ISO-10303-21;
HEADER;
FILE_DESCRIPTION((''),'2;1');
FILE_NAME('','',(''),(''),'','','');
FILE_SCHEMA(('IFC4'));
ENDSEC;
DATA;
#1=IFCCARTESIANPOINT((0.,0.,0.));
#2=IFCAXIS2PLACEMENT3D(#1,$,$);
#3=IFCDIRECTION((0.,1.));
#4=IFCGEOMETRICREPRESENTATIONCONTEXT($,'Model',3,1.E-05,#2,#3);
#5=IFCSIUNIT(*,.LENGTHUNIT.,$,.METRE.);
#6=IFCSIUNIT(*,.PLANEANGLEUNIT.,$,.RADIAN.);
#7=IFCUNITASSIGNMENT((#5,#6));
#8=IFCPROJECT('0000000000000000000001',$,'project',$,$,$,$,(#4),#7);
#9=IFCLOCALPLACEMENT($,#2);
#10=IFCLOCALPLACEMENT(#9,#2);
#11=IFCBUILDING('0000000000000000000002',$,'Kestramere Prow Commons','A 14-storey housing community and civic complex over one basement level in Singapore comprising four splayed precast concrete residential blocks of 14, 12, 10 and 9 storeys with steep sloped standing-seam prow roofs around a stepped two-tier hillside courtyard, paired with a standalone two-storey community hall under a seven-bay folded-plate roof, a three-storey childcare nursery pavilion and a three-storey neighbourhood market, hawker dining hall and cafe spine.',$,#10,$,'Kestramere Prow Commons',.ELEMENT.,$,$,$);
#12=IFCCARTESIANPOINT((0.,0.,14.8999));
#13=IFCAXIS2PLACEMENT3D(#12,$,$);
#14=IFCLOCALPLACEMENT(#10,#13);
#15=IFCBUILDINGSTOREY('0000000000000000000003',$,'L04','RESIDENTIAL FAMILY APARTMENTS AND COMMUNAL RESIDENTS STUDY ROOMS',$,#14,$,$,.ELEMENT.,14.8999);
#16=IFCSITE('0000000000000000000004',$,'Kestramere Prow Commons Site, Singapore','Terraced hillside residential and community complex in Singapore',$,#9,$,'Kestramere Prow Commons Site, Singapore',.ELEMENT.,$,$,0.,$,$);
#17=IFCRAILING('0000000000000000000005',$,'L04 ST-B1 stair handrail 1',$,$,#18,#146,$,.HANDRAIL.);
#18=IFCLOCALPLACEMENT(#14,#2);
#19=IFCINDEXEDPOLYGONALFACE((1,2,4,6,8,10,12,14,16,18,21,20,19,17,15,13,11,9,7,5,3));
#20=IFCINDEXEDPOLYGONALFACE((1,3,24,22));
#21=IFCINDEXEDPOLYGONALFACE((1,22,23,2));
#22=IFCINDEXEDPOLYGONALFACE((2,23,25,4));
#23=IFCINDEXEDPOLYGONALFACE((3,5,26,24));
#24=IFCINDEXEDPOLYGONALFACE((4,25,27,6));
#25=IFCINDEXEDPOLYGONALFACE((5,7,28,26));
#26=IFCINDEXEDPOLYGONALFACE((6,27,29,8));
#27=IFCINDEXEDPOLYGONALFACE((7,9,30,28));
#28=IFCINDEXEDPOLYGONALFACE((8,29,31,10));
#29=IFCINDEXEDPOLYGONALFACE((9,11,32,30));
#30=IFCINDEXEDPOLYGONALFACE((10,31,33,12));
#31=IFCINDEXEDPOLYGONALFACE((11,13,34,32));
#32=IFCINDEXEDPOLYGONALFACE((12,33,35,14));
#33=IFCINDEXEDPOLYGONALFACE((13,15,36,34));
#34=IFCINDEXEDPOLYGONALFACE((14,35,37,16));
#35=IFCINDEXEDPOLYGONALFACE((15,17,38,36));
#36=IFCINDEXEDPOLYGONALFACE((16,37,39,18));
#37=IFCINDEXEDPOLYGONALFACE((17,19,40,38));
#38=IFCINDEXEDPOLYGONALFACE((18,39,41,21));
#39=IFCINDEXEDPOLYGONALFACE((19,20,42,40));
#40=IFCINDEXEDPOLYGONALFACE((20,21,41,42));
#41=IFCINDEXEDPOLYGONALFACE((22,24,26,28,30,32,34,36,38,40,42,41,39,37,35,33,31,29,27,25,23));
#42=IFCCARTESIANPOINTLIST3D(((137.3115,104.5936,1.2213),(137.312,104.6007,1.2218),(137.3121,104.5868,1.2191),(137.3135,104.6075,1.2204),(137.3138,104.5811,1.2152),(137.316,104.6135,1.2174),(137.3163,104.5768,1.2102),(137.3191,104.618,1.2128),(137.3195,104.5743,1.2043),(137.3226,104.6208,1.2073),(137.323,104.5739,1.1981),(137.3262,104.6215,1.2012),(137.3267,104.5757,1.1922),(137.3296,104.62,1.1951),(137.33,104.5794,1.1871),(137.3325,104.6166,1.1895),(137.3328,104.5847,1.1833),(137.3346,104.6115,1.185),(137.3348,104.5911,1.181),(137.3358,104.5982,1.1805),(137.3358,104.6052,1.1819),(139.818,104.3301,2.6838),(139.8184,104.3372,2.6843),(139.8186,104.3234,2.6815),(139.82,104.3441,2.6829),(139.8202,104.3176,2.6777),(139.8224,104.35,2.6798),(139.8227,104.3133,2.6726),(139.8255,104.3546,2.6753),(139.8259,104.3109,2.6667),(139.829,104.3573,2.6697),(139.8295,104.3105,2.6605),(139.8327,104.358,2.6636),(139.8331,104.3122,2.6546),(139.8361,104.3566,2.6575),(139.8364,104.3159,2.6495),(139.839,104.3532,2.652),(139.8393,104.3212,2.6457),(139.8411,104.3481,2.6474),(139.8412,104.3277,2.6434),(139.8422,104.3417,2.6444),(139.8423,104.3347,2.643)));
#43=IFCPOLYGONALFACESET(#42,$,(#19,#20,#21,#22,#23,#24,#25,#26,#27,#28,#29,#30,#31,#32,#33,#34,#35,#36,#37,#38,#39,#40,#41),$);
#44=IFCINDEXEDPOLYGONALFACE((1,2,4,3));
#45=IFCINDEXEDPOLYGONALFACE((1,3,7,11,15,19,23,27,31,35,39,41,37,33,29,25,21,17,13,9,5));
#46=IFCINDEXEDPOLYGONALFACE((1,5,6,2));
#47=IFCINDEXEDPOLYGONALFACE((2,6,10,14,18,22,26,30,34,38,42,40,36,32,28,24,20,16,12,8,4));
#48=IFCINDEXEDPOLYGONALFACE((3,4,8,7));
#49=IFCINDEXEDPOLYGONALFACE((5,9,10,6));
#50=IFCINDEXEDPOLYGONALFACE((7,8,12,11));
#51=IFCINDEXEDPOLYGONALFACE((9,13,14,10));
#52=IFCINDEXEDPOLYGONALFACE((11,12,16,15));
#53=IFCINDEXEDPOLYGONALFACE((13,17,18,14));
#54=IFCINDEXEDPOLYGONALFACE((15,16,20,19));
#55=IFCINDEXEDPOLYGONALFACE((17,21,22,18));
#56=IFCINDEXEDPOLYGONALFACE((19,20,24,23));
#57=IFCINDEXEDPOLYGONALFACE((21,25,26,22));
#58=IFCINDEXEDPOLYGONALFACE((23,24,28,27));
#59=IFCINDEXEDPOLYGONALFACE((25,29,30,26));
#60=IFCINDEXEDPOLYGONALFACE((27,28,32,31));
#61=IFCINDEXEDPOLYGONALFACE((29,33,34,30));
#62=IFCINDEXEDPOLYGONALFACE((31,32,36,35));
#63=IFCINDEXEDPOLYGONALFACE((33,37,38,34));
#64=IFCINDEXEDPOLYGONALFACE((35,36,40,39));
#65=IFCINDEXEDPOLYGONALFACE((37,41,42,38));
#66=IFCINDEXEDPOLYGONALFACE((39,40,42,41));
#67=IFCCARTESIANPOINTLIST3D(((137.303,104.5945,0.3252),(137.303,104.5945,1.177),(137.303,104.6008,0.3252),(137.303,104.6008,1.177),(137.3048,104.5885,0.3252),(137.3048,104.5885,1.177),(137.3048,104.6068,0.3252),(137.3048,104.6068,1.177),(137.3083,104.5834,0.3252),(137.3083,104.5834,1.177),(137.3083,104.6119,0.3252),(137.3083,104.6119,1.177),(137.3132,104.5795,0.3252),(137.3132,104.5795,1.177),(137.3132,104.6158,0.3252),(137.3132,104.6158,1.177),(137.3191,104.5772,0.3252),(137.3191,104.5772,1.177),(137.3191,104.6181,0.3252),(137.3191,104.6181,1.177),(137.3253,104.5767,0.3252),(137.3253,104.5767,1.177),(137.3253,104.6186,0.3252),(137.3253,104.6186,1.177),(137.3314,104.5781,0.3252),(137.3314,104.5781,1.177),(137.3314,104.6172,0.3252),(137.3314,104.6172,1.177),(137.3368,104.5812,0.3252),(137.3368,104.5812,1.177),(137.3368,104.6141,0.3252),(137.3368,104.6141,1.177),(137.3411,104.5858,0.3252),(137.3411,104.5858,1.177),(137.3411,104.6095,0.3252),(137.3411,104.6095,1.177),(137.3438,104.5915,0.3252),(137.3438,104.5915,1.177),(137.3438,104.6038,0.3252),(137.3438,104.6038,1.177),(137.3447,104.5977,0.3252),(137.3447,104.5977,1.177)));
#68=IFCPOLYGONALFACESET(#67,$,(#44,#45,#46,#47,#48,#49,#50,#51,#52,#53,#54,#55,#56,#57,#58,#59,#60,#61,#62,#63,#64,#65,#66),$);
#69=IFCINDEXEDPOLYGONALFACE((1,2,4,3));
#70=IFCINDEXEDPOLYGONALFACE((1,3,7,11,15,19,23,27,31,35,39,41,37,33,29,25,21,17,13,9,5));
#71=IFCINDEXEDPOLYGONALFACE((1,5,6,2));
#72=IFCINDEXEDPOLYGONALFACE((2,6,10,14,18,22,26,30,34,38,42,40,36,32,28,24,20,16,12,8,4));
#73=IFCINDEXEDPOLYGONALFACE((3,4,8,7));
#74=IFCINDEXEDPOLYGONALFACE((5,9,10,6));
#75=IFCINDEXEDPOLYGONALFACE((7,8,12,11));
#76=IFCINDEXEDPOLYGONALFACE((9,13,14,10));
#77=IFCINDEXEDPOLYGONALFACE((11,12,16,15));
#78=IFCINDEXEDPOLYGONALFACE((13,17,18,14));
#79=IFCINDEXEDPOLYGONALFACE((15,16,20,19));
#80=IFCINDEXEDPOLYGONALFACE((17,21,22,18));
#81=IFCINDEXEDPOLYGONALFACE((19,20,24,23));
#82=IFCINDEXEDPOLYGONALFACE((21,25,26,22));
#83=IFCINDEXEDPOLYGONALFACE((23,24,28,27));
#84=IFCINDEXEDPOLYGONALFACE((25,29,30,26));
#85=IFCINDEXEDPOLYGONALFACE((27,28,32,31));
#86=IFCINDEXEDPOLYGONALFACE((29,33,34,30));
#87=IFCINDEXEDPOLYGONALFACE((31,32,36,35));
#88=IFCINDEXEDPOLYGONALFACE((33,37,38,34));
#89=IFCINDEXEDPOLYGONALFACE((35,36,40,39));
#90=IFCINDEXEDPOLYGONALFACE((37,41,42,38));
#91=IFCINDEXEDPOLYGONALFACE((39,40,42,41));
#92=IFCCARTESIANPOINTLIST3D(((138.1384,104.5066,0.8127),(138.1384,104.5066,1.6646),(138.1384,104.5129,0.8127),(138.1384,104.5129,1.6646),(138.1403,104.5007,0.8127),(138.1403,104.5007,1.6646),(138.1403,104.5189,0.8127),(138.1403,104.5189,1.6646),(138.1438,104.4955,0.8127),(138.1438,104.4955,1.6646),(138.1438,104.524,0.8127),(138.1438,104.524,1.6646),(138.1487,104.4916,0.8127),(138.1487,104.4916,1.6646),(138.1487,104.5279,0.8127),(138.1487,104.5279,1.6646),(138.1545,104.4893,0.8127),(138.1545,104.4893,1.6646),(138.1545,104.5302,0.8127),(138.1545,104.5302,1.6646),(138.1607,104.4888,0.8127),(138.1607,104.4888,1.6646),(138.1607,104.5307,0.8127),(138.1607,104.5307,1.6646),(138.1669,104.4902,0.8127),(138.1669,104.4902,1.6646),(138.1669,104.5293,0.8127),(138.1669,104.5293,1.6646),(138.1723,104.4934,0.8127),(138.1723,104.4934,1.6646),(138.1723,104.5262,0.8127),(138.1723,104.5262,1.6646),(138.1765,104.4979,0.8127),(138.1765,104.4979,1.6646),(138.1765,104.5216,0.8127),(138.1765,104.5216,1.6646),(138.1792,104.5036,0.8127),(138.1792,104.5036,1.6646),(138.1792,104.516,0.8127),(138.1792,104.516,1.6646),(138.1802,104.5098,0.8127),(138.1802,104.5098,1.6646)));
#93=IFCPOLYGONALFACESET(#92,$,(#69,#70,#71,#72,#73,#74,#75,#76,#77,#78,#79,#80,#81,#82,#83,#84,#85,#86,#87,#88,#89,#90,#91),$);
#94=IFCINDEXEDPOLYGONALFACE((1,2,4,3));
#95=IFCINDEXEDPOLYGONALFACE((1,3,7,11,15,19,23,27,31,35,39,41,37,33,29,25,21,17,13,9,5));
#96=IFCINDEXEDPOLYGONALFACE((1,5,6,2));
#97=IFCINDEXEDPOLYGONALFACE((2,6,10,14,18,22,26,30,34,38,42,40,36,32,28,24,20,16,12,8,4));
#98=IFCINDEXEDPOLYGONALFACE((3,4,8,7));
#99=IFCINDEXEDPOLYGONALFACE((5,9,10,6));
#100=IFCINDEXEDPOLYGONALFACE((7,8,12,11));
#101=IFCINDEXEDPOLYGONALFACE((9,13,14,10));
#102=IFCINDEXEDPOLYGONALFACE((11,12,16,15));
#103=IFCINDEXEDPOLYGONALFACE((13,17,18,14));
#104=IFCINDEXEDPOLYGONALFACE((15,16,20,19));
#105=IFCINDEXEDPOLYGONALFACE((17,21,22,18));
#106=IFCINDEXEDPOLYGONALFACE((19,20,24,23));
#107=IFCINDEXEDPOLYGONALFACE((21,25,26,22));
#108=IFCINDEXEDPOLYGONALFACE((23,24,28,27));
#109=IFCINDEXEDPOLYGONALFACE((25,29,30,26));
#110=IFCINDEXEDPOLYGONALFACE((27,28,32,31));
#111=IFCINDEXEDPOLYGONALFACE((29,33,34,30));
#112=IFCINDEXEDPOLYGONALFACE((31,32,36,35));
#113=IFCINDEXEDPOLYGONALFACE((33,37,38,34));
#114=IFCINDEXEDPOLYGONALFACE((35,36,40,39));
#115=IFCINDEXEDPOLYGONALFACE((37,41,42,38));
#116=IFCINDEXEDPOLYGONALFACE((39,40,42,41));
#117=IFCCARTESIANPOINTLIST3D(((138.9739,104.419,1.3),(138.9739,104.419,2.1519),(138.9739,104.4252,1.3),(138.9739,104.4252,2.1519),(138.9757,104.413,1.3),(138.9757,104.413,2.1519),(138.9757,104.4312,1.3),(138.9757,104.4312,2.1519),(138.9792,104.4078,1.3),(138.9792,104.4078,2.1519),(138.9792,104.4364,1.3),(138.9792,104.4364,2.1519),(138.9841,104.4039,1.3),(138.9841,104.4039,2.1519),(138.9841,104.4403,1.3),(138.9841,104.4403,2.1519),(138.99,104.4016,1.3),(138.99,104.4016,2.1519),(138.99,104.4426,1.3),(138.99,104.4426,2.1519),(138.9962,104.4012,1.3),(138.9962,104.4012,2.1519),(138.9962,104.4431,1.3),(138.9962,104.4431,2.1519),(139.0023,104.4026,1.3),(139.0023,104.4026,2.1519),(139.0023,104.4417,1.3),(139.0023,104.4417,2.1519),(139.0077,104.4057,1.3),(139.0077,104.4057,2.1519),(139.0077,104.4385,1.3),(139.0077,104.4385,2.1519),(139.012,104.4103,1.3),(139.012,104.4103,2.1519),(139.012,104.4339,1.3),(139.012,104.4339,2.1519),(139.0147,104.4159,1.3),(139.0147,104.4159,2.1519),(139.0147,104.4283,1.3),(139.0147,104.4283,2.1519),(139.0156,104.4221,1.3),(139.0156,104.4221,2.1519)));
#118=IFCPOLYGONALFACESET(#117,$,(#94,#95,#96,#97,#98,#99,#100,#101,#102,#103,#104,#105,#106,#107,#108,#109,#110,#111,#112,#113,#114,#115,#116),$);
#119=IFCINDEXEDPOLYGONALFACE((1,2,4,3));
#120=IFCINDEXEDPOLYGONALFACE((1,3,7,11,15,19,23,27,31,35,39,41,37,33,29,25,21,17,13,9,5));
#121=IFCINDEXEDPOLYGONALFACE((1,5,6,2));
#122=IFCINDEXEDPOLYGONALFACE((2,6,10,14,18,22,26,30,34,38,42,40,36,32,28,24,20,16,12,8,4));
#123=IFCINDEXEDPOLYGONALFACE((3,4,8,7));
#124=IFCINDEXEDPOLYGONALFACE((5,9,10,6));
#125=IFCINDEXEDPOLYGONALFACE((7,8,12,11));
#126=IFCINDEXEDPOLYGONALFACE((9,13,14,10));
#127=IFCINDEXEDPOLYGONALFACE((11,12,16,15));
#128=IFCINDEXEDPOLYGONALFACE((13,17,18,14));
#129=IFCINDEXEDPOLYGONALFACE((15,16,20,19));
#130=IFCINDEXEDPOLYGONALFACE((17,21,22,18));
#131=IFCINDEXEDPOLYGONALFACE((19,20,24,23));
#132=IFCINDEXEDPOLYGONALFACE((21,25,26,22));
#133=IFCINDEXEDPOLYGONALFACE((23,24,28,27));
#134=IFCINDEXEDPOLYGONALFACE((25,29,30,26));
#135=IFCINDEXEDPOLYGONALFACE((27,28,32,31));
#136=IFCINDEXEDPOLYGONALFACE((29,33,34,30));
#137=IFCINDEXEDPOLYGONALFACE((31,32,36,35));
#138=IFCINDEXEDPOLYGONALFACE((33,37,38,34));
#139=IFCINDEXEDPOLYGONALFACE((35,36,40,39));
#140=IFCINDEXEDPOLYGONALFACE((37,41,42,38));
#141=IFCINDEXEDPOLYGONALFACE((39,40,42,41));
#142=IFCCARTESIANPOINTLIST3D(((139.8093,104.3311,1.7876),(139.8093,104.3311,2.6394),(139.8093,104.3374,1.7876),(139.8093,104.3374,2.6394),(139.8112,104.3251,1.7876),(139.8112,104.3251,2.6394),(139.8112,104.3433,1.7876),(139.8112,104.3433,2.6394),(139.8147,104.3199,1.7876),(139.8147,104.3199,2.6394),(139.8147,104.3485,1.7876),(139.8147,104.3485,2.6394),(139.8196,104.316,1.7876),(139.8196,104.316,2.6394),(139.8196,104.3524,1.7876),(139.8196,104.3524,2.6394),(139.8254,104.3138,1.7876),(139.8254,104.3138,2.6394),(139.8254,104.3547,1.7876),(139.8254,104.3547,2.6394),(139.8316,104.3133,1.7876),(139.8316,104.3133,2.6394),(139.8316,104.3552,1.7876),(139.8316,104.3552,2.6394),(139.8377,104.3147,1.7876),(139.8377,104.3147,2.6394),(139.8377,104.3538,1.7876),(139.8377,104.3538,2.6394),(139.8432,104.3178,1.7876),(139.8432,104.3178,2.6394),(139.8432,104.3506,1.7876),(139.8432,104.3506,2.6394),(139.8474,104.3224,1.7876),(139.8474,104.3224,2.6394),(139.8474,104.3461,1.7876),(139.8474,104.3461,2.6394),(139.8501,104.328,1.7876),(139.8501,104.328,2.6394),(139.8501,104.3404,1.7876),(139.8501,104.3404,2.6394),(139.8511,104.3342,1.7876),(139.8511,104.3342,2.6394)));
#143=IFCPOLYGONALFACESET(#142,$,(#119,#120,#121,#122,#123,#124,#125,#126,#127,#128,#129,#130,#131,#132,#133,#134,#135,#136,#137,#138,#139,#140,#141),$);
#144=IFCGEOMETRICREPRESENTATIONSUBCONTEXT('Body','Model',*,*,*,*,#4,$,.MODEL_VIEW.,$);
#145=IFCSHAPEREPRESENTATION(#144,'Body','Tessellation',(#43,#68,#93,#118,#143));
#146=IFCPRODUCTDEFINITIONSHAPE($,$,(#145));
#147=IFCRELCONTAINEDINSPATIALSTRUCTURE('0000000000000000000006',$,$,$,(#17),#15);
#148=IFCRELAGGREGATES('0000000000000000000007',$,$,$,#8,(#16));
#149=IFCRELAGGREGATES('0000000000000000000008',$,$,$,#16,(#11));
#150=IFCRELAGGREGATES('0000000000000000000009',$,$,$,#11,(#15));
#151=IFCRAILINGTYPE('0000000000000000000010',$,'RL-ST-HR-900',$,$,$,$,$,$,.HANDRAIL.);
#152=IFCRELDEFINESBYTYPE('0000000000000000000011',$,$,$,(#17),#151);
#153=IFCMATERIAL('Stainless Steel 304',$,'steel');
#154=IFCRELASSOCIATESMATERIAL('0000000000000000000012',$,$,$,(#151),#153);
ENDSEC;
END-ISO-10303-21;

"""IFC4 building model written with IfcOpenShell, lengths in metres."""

from ifc_helpers import new_model, si_unit, direction, frame, origin, origin_2d, place, context, subcontext, project, spatial, circle, extrude, material, type_object, element, save


model = new_model("IFC4")

# Units and contexts
model_context = context("Model", 3, precision=1e-05, world=origin(), true_north=direction((0.0, 1.0)))
body_context = subcontext(model_context, "Body", "Model", "MODEL_VIEW")
ifc_project = project(units=[si_unit("LENGTHUNIT", "METRE"), si_unit("PLANEANGLEUNIT", "RADIAN")], contexts=[model_context])

# Site, building, storey
site_placement = place(None, origin())
site = spatial("IfcSite", under=ifc_project, at=site_placement, Name="Kestramere Prow Commons Site, Singapore", Description="Terraced hillside residential and community complex in Singapore", LongName="Kestramere Prow Commons Site, Singapore", CompositionType="ELEMENT", RefElevation=0.0)
building_placement = place(site_placement, origin())
building = spatial("IfcBuilding", under=site, at=building_placement, Name="Kestramere Prow Commons", Description="A 14-storey housing community and civic complex over one basement level in Singapore comprising four splayed precast concrete residential blocks of 14, 12, 10 and 9 storeys with steep sloped standing-seam prow roofs around a stepped two-tier hillside courtyard, paired with a standalone two-storey community hall under a seven-bay folded-plate roof, a three-storey childcare nursery pavilion and a three-storey neighbourhood market, hawker dining hall and cafe spine.", LongName="Kestramere Prow Commons", CompositionType="ELEMENT")
storey_placement = place(building_placement, frame((0.0, 0.0, 14.8999)))
storey = spatial("IfcBuildingStorey", under=building, at=storey_placement, Name="L04", Description="RESIDENTIAL FAMILY APARTMENTS AND COMMUNAL RESIDENTS STUDY ROOMS", CompositionType="ELEMENT", Elevation=14.8999)

# Railing
ifc_material_1 = material(Name="Stainless Steel 304", Category="steel")
railing_type_1 = type_object("IfcRailingType", Name="RL-ST-HR-900", PredefinedType="HANDRAIL", material=ifc_material_1)
railing_1_placement = place(storey_placement, frame((137.3237, 104.5977, 0.3252)))
element("IfcRailing", 1, at=railing_1_placement, inside=storey, type_object=railing_type_1, Name="L04 ST-B1 stair handrail 1", PredefinedType="HANDRAIL", context=body_context, shape_type="SweptSolid", body=[
    extrude(circle(Radius=0.0239, at=origin_2d()), frame((0.0, 0.0, 0.876), z_axis=(0.860187, -0.090409, 0.501901), x_axis=(0.104528, 0.994522, 0.0)), (0.0, 0.0, 1.0), 2.9138),
    extrude(circle(Radius=0.021, at=origin_2d()), origin(), (0.0, 0.0, 1.0), 0.8518),
    extrude(circle(Radius=0.021, at=origin_2d()), frame((0.8354, -0.0879, 0.4875)), (0.0, 0.0, 1.0), 0.8518),
    extrude(circle(Radius=0.021, at=origin_2d()), frame((1.6709, -0.1755, 0.9749)), (0.0, 0.0, 1.0), 0.8518),
    extrude(circle(Radius=0.021, at=origin_2d()), frame((2.5063, -0.2634, 1.4624)), (0.0, 0.0, 1.0), 0.8518),
])

save(model, "model.ifc")
